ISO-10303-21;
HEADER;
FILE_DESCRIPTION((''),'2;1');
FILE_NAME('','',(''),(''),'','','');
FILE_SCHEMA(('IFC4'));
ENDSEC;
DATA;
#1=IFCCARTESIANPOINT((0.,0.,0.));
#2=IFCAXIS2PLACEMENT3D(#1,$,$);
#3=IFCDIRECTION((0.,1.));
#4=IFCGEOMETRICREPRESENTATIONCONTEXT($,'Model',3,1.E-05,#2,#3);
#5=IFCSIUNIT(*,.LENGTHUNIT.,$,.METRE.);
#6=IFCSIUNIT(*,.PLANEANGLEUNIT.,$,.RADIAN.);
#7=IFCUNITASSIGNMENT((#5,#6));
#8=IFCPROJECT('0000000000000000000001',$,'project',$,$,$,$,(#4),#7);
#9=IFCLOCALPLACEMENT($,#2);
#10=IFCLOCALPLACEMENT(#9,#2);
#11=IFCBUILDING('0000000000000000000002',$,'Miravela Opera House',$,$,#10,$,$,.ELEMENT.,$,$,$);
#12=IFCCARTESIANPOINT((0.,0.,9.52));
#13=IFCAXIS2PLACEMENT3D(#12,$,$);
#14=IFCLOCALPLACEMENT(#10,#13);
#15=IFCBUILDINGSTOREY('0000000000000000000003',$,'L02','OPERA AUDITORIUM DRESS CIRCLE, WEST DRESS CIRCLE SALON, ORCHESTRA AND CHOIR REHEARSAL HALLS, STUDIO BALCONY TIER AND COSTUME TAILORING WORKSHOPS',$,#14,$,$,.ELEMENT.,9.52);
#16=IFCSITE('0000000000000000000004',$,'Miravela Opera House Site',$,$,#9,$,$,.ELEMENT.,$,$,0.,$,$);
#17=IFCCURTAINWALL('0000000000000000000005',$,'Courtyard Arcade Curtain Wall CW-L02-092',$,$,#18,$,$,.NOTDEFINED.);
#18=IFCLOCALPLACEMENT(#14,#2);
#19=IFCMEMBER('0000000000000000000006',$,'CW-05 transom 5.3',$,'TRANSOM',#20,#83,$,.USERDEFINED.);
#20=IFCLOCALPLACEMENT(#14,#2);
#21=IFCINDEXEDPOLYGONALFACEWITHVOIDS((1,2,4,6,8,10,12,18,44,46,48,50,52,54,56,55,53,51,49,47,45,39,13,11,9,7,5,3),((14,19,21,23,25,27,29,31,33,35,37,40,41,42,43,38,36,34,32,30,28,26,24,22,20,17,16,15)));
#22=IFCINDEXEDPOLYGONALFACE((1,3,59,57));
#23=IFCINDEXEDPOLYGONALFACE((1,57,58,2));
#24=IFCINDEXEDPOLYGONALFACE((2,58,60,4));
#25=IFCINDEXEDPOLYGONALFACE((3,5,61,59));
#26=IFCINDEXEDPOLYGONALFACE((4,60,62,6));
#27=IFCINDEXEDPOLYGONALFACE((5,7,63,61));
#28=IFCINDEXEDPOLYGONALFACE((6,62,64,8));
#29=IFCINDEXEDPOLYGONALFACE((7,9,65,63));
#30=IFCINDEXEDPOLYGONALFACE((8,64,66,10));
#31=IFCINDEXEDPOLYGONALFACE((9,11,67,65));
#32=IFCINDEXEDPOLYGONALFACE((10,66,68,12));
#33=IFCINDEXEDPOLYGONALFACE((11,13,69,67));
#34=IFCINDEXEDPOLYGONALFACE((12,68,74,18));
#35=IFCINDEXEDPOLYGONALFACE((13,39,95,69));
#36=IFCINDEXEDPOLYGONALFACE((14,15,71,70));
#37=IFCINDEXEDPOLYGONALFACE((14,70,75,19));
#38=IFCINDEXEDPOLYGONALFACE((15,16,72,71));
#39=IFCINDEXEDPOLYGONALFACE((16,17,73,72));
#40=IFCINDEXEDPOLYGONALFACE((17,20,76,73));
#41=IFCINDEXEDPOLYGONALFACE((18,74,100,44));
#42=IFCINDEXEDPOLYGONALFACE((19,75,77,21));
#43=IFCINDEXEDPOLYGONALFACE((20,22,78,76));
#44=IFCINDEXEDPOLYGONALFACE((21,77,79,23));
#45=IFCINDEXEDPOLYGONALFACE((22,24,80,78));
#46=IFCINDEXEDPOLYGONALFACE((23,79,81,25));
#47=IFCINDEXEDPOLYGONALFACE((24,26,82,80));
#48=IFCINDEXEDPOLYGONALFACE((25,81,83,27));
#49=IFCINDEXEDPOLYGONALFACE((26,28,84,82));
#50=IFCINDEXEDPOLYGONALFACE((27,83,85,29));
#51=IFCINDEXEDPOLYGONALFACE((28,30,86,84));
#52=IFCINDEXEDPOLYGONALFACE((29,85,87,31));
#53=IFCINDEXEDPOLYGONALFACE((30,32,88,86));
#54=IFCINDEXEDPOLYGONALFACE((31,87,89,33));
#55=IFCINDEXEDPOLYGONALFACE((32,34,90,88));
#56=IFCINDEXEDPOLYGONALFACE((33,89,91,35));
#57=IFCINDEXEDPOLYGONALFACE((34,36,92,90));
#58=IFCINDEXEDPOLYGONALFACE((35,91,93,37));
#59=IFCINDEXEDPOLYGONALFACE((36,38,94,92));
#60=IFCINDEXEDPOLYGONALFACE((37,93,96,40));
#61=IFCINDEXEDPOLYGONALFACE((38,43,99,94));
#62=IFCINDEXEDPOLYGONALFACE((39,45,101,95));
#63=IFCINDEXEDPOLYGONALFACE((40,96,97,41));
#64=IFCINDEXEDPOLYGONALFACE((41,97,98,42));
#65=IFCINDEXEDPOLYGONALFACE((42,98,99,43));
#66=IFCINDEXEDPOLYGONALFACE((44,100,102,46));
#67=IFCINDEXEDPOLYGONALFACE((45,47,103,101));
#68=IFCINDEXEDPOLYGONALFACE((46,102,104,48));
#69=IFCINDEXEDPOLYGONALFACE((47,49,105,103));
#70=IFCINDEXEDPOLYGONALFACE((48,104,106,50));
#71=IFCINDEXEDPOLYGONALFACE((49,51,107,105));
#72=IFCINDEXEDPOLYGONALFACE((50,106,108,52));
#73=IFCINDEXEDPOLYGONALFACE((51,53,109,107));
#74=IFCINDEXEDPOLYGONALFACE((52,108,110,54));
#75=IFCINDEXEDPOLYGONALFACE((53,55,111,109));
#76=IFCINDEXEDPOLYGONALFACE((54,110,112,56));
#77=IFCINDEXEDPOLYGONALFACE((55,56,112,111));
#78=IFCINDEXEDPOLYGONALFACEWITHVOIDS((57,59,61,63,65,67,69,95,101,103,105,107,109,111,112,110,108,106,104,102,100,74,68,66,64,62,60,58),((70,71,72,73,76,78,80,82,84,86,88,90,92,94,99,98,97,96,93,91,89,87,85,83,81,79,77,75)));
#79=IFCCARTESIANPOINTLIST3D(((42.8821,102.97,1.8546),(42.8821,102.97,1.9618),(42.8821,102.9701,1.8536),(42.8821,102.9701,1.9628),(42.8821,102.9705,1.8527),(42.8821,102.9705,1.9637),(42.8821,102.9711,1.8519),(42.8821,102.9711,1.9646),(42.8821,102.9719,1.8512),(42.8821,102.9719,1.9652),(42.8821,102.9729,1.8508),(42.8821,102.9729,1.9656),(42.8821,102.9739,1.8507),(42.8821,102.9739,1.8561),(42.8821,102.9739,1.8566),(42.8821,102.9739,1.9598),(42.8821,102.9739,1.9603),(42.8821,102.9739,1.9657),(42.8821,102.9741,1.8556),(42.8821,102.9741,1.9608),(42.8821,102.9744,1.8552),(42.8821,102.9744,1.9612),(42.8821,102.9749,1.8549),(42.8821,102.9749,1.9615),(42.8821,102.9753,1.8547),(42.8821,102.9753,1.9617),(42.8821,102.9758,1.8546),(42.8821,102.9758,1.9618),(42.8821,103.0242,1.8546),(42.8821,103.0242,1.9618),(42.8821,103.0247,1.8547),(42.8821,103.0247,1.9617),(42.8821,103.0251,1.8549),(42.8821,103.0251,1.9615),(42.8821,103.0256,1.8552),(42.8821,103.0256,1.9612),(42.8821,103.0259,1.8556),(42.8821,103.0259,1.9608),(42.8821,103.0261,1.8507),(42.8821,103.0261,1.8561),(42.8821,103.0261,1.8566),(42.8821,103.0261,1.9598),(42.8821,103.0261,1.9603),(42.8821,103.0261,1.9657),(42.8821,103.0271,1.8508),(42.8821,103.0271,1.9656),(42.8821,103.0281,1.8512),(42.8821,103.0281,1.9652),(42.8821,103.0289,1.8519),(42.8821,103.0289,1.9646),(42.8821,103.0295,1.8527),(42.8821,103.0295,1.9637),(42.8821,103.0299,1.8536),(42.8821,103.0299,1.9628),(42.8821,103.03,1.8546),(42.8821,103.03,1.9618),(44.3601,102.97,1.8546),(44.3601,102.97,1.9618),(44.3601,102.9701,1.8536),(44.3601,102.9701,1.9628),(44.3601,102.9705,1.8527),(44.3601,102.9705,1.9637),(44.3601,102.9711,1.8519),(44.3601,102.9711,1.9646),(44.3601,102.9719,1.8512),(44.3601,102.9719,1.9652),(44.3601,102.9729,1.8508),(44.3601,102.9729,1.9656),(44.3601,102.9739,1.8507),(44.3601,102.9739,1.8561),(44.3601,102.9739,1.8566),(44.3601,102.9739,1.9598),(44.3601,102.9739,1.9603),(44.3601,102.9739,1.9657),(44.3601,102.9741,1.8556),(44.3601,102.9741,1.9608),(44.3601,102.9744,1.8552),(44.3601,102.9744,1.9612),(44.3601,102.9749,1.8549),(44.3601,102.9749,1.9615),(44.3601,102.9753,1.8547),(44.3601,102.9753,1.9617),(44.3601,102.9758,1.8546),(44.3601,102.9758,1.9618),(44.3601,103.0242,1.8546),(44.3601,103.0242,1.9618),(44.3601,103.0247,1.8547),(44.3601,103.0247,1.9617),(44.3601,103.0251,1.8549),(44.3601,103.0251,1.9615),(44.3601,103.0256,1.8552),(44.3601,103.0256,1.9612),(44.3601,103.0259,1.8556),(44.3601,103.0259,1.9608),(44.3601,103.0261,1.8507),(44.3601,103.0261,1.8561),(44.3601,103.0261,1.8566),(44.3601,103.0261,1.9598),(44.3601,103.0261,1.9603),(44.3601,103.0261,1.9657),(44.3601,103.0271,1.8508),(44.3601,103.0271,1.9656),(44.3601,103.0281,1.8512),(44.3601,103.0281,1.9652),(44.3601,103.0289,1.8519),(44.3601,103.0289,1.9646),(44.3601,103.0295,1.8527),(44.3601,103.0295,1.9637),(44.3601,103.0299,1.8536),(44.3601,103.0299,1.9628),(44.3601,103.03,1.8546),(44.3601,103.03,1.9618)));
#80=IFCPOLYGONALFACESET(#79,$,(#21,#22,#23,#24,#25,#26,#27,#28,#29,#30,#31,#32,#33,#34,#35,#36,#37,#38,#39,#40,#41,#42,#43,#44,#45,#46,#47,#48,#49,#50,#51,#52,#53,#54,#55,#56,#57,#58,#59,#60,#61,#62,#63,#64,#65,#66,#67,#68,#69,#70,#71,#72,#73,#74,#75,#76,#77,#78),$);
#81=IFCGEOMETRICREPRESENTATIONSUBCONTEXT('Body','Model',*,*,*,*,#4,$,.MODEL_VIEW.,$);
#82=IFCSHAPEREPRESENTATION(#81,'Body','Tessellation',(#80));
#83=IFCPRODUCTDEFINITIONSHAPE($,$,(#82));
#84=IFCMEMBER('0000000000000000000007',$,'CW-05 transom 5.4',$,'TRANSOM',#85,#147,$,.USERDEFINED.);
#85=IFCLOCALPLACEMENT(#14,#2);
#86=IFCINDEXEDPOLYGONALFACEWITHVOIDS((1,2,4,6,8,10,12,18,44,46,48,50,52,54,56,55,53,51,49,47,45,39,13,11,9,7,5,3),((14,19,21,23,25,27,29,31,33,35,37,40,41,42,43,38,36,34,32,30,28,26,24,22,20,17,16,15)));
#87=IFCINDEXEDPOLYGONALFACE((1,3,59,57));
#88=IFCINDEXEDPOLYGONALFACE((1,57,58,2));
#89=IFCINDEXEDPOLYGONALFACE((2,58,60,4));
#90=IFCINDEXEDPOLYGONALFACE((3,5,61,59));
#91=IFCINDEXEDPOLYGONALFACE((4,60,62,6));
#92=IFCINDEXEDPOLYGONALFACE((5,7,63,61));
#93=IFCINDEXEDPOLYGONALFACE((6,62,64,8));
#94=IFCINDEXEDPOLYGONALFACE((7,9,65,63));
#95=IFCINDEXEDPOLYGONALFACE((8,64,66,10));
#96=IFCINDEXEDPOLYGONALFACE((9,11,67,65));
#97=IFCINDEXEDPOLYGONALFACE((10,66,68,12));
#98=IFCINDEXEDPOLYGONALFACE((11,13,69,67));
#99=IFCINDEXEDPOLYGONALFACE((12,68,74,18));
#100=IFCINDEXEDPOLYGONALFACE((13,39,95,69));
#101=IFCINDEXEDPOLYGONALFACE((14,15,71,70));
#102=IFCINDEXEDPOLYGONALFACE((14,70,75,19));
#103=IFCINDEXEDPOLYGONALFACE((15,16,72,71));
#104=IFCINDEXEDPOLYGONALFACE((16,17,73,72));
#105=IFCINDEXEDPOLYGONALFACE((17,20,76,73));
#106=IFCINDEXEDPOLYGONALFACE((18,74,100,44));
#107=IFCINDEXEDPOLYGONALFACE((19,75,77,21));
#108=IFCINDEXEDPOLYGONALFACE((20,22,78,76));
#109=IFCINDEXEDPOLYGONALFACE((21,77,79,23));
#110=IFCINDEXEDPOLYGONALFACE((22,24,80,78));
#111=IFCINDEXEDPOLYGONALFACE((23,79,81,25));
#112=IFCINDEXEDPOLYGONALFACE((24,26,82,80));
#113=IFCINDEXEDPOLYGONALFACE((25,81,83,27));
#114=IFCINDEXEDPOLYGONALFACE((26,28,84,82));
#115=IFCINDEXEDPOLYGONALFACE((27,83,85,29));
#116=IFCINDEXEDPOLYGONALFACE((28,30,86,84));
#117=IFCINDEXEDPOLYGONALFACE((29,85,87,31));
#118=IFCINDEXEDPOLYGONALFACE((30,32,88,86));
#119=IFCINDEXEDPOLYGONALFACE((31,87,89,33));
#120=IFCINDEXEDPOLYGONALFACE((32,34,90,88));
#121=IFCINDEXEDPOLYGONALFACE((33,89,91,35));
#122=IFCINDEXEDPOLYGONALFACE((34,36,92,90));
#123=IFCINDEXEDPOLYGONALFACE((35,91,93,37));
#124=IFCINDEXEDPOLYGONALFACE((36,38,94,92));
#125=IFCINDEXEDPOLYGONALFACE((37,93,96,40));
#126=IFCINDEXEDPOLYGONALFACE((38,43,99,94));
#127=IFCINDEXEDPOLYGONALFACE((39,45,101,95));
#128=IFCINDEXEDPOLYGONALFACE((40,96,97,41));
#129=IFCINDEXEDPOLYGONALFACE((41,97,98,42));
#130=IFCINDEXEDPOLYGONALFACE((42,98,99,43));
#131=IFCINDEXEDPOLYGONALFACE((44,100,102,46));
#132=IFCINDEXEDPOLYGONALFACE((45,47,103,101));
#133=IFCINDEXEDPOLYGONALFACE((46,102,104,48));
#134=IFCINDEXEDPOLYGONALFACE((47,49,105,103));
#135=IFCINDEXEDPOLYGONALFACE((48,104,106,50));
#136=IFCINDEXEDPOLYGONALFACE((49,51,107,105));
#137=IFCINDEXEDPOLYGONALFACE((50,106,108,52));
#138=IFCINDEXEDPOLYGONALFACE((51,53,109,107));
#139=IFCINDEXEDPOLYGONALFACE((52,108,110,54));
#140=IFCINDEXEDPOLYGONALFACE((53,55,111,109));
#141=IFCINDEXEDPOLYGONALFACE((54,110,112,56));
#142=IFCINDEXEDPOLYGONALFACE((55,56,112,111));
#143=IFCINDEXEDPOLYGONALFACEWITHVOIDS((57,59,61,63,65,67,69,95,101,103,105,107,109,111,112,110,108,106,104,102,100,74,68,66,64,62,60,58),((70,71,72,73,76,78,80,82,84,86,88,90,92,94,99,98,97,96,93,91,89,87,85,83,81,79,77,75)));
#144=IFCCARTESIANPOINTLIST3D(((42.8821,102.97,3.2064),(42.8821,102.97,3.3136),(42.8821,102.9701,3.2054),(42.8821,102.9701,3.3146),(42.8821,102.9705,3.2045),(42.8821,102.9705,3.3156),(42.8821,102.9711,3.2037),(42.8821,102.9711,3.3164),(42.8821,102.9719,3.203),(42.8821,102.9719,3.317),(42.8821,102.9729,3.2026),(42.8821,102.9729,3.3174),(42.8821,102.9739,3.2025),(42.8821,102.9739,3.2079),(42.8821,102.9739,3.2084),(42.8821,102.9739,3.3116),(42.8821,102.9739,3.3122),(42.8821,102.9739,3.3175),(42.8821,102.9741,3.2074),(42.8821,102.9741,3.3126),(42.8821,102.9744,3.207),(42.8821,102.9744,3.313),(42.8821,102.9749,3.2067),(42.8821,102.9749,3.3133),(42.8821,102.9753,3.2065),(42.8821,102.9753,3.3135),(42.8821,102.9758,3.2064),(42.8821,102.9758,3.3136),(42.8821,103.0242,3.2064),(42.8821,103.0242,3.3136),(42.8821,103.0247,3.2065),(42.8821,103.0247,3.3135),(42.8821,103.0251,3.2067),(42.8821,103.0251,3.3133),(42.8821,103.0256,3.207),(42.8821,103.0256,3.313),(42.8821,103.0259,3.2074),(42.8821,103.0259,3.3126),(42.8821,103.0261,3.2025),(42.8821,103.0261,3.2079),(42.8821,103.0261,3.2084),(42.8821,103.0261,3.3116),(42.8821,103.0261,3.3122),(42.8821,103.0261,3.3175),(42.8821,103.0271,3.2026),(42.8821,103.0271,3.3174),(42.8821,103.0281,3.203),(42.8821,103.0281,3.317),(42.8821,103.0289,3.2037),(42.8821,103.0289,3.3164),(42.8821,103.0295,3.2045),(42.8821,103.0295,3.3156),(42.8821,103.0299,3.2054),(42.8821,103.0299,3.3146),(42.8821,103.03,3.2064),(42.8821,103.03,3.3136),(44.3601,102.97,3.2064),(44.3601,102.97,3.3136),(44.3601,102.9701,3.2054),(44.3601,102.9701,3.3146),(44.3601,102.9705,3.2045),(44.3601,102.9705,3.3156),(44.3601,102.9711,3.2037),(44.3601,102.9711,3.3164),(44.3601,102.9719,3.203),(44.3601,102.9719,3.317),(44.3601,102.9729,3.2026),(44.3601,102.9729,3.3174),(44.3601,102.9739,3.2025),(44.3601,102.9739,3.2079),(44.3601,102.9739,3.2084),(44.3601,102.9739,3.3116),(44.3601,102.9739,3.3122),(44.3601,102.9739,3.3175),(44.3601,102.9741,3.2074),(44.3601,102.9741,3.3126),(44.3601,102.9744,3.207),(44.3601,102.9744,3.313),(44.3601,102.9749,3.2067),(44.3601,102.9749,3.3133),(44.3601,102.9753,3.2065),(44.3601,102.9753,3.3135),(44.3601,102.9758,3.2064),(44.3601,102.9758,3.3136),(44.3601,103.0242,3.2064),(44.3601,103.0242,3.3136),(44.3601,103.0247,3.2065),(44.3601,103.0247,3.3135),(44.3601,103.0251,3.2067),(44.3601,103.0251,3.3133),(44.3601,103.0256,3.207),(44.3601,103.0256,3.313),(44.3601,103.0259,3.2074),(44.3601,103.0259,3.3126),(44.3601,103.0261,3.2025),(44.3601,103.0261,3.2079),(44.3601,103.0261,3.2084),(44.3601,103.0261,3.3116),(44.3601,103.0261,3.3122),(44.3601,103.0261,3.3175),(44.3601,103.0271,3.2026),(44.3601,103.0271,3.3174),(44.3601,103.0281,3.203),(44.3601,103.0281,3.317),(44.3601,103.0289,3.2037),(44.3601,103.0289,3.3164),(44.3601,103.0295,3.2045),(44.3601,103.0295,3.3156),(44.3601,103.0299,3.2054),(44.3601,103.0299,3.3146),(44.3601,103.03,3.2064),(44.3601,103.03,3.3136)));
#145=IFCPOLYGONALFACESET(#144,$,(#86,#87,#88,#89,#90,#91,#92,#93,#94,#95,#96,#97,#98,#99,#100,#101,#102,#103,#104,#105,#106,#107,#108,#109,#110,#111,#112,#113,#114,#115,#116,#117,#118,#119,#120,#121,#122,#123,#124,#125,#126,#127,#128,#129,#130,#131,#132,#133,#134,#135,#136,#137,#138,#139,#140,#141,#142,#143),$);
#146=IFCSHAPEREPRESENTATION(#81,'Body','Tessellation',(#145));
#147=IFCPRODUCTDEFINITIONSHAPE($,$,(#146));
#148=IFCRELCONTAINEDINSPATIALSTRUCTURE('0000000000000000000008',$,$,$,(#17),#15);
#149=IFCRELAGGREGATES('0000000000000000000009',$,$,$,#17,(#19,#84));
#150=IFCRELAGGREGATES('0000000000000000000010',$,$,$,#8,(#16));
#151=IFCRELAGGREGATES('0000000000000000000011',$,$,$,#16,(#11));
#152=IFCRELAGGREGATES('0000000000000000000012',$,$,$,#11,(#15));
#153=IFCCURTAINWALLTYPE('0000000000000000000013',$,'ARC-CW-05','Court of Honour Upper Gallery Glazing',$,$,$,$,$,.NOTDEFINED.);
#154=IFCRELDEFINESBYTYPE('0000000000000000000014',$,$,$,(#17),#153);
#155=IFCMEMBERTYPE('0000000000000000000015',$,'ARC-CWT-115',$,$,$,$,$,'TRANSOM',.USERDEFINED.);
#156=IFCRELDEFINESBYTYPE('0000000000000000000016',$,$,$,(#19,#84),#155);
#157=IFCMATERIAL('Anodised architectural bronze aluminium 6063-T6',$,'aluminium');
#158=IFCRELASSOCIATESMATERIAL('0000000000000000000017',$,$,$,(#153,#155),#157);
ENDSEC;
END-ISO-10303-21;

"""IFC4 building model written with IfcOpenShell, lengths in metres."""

from ifc_helpers import new_model, si_unit, direction, frame, origin, origin_2d, place, context, subcontext, project, spatial, hollow_rectangle, extrude, material, material_profile, profile_set, type_object, element, aggregate, save


model = new_model("IFC4")

# Units and contexts
model_context = context("Model", 3, precision=1e-05, world=origin(), true_north=direction((0.0, 1.0)))
body_context = subcontext(model_context, "Body", "Model", "MODEL_VIEW")
ifc_project = project(units=[si_unit("LENGTHUNIT", "METRE"), si_unit("PLANEANGLEUNIT", "RADIAN")], contexts=[model_context])

# Site, building, storey
site_placement = place(None, origin())
site = spatial("IfcSite", under=ifc_project, at=site_placement, Name="Miravela Opera House Site", CompositionType="ELEMENT", RefElevation=0.0)
building_placement = place(site_placement, origin())
building = spatial("IfcBuilding", under=site, at=building_placement, Name="Miravela Opera House", CompositionType="ELEMENT")
storey_placement = place(building_placement, frame((0.0, 0.0, 9.52)))
storey = spatial("IfcBuildingStorey", under=building, at=storey_placement, Name="L02", Description="OPERA AUDITORIUM DRESS CIRCLE, WEST DRESS CIRCLE SALON, ORCHESTRA AND CHOIR REHEARSAL HALLS, STUDIO BALCONY TIER AND COSTUME TAILORING WORKSHOPS", CompositionType="ELEMENT", Elevation=9.52)

# Curtain wall
ifc_material_1 = material(Name="Anodised architectural bronze aluminium 6063-T6", Category="aluminium")
curtain_wall_type = type_object("IfcCurtainWallType", Name="ARC-CW-05", Description="Court of Honour Upper Gallery Glazing", PredefinedType="NOTDEFINED", material=ifc_material_1)
curtain_wall_1_placement = place(storey_placement, origin())
curtain_wall_1 = element("IfcCurtainWall", 1, at=curtain_wall_1_placement, inside=storey, type_object=curtain_wall_type, Name="Courtyard Arcade Curtain Wall CW-L02-092", PredefinedType="NOTDEFINED")

# Members
ifc_material_profile_1 = material_profile(ifc_material_1, hollow_rectangle(XDim=0.0601, YDim=0.115, WallThickness=0.0039, InnerFilletRadius=0.002, OuterFilletRadius=0.0039, at=origin_2d()), Name="CWT-60X115")
ifc_profile_set_1 = profile_set([ifc_material_profile_1])
member_type_1 = type_object("IfcMemberType", Name="ARC-CWT-115", ElementType="TRANSOM", PredefinedType="USERDEFINED", material=ifc_profile_set_1)
member_1_placement = place(storey_placement, frame((42.8821, 103.0, 1.9082), z_axis=(1.0, 0.0, 0.0), x_axis=(0.0, 1.0, 0.0)))
member_1 = element("IfcMember", 2, at=member_1_placement, type_object=member_type_1, Name="CW-05 transom 5.3", ObjectType="TRANSOM", PredefinedType="USERDEFINED", context=body_context, shape_type="SweptSolid", body=[
    extrude(hollow_rectangle(XDim=0.0601, YDim=0.115, WallThickness=0.0039, InnerFilletRadius=0.002, OuterFilletRadius=0.0039, at=origin_2d()), origin(), (0.0, 0.0, 1.0), 1.478),
])
member_2_placement = place(storey_placement, frame((42.8821, 103.0, 3.26), z_axis=(1.0, 0.0, 0.0), x_axis=(0.0, 1.0, 0.0)))
member_2 = element("IfcMember", 3, at=member_2_placement, type_object=member_type_1, Name="CW-05 transom 5.4", ObjectType="TRANSOM", PredefinedType="USERDEFINED", context=body_context, shape_type="SweptSolid", body=[
    extrude(hollow_rectangle(XDim=0.0601, YDim=0.115, WallThickness=0.0039, InnerFilletRadius=0.002, OuterFilletRadius=0.0039, at=origin_2d()), origin(), (0.0, 0.0, 1.0), 1.478),
])

aggregate(curtain_wall_1, [member_1, member_2])

save(model, "model.ifc")
